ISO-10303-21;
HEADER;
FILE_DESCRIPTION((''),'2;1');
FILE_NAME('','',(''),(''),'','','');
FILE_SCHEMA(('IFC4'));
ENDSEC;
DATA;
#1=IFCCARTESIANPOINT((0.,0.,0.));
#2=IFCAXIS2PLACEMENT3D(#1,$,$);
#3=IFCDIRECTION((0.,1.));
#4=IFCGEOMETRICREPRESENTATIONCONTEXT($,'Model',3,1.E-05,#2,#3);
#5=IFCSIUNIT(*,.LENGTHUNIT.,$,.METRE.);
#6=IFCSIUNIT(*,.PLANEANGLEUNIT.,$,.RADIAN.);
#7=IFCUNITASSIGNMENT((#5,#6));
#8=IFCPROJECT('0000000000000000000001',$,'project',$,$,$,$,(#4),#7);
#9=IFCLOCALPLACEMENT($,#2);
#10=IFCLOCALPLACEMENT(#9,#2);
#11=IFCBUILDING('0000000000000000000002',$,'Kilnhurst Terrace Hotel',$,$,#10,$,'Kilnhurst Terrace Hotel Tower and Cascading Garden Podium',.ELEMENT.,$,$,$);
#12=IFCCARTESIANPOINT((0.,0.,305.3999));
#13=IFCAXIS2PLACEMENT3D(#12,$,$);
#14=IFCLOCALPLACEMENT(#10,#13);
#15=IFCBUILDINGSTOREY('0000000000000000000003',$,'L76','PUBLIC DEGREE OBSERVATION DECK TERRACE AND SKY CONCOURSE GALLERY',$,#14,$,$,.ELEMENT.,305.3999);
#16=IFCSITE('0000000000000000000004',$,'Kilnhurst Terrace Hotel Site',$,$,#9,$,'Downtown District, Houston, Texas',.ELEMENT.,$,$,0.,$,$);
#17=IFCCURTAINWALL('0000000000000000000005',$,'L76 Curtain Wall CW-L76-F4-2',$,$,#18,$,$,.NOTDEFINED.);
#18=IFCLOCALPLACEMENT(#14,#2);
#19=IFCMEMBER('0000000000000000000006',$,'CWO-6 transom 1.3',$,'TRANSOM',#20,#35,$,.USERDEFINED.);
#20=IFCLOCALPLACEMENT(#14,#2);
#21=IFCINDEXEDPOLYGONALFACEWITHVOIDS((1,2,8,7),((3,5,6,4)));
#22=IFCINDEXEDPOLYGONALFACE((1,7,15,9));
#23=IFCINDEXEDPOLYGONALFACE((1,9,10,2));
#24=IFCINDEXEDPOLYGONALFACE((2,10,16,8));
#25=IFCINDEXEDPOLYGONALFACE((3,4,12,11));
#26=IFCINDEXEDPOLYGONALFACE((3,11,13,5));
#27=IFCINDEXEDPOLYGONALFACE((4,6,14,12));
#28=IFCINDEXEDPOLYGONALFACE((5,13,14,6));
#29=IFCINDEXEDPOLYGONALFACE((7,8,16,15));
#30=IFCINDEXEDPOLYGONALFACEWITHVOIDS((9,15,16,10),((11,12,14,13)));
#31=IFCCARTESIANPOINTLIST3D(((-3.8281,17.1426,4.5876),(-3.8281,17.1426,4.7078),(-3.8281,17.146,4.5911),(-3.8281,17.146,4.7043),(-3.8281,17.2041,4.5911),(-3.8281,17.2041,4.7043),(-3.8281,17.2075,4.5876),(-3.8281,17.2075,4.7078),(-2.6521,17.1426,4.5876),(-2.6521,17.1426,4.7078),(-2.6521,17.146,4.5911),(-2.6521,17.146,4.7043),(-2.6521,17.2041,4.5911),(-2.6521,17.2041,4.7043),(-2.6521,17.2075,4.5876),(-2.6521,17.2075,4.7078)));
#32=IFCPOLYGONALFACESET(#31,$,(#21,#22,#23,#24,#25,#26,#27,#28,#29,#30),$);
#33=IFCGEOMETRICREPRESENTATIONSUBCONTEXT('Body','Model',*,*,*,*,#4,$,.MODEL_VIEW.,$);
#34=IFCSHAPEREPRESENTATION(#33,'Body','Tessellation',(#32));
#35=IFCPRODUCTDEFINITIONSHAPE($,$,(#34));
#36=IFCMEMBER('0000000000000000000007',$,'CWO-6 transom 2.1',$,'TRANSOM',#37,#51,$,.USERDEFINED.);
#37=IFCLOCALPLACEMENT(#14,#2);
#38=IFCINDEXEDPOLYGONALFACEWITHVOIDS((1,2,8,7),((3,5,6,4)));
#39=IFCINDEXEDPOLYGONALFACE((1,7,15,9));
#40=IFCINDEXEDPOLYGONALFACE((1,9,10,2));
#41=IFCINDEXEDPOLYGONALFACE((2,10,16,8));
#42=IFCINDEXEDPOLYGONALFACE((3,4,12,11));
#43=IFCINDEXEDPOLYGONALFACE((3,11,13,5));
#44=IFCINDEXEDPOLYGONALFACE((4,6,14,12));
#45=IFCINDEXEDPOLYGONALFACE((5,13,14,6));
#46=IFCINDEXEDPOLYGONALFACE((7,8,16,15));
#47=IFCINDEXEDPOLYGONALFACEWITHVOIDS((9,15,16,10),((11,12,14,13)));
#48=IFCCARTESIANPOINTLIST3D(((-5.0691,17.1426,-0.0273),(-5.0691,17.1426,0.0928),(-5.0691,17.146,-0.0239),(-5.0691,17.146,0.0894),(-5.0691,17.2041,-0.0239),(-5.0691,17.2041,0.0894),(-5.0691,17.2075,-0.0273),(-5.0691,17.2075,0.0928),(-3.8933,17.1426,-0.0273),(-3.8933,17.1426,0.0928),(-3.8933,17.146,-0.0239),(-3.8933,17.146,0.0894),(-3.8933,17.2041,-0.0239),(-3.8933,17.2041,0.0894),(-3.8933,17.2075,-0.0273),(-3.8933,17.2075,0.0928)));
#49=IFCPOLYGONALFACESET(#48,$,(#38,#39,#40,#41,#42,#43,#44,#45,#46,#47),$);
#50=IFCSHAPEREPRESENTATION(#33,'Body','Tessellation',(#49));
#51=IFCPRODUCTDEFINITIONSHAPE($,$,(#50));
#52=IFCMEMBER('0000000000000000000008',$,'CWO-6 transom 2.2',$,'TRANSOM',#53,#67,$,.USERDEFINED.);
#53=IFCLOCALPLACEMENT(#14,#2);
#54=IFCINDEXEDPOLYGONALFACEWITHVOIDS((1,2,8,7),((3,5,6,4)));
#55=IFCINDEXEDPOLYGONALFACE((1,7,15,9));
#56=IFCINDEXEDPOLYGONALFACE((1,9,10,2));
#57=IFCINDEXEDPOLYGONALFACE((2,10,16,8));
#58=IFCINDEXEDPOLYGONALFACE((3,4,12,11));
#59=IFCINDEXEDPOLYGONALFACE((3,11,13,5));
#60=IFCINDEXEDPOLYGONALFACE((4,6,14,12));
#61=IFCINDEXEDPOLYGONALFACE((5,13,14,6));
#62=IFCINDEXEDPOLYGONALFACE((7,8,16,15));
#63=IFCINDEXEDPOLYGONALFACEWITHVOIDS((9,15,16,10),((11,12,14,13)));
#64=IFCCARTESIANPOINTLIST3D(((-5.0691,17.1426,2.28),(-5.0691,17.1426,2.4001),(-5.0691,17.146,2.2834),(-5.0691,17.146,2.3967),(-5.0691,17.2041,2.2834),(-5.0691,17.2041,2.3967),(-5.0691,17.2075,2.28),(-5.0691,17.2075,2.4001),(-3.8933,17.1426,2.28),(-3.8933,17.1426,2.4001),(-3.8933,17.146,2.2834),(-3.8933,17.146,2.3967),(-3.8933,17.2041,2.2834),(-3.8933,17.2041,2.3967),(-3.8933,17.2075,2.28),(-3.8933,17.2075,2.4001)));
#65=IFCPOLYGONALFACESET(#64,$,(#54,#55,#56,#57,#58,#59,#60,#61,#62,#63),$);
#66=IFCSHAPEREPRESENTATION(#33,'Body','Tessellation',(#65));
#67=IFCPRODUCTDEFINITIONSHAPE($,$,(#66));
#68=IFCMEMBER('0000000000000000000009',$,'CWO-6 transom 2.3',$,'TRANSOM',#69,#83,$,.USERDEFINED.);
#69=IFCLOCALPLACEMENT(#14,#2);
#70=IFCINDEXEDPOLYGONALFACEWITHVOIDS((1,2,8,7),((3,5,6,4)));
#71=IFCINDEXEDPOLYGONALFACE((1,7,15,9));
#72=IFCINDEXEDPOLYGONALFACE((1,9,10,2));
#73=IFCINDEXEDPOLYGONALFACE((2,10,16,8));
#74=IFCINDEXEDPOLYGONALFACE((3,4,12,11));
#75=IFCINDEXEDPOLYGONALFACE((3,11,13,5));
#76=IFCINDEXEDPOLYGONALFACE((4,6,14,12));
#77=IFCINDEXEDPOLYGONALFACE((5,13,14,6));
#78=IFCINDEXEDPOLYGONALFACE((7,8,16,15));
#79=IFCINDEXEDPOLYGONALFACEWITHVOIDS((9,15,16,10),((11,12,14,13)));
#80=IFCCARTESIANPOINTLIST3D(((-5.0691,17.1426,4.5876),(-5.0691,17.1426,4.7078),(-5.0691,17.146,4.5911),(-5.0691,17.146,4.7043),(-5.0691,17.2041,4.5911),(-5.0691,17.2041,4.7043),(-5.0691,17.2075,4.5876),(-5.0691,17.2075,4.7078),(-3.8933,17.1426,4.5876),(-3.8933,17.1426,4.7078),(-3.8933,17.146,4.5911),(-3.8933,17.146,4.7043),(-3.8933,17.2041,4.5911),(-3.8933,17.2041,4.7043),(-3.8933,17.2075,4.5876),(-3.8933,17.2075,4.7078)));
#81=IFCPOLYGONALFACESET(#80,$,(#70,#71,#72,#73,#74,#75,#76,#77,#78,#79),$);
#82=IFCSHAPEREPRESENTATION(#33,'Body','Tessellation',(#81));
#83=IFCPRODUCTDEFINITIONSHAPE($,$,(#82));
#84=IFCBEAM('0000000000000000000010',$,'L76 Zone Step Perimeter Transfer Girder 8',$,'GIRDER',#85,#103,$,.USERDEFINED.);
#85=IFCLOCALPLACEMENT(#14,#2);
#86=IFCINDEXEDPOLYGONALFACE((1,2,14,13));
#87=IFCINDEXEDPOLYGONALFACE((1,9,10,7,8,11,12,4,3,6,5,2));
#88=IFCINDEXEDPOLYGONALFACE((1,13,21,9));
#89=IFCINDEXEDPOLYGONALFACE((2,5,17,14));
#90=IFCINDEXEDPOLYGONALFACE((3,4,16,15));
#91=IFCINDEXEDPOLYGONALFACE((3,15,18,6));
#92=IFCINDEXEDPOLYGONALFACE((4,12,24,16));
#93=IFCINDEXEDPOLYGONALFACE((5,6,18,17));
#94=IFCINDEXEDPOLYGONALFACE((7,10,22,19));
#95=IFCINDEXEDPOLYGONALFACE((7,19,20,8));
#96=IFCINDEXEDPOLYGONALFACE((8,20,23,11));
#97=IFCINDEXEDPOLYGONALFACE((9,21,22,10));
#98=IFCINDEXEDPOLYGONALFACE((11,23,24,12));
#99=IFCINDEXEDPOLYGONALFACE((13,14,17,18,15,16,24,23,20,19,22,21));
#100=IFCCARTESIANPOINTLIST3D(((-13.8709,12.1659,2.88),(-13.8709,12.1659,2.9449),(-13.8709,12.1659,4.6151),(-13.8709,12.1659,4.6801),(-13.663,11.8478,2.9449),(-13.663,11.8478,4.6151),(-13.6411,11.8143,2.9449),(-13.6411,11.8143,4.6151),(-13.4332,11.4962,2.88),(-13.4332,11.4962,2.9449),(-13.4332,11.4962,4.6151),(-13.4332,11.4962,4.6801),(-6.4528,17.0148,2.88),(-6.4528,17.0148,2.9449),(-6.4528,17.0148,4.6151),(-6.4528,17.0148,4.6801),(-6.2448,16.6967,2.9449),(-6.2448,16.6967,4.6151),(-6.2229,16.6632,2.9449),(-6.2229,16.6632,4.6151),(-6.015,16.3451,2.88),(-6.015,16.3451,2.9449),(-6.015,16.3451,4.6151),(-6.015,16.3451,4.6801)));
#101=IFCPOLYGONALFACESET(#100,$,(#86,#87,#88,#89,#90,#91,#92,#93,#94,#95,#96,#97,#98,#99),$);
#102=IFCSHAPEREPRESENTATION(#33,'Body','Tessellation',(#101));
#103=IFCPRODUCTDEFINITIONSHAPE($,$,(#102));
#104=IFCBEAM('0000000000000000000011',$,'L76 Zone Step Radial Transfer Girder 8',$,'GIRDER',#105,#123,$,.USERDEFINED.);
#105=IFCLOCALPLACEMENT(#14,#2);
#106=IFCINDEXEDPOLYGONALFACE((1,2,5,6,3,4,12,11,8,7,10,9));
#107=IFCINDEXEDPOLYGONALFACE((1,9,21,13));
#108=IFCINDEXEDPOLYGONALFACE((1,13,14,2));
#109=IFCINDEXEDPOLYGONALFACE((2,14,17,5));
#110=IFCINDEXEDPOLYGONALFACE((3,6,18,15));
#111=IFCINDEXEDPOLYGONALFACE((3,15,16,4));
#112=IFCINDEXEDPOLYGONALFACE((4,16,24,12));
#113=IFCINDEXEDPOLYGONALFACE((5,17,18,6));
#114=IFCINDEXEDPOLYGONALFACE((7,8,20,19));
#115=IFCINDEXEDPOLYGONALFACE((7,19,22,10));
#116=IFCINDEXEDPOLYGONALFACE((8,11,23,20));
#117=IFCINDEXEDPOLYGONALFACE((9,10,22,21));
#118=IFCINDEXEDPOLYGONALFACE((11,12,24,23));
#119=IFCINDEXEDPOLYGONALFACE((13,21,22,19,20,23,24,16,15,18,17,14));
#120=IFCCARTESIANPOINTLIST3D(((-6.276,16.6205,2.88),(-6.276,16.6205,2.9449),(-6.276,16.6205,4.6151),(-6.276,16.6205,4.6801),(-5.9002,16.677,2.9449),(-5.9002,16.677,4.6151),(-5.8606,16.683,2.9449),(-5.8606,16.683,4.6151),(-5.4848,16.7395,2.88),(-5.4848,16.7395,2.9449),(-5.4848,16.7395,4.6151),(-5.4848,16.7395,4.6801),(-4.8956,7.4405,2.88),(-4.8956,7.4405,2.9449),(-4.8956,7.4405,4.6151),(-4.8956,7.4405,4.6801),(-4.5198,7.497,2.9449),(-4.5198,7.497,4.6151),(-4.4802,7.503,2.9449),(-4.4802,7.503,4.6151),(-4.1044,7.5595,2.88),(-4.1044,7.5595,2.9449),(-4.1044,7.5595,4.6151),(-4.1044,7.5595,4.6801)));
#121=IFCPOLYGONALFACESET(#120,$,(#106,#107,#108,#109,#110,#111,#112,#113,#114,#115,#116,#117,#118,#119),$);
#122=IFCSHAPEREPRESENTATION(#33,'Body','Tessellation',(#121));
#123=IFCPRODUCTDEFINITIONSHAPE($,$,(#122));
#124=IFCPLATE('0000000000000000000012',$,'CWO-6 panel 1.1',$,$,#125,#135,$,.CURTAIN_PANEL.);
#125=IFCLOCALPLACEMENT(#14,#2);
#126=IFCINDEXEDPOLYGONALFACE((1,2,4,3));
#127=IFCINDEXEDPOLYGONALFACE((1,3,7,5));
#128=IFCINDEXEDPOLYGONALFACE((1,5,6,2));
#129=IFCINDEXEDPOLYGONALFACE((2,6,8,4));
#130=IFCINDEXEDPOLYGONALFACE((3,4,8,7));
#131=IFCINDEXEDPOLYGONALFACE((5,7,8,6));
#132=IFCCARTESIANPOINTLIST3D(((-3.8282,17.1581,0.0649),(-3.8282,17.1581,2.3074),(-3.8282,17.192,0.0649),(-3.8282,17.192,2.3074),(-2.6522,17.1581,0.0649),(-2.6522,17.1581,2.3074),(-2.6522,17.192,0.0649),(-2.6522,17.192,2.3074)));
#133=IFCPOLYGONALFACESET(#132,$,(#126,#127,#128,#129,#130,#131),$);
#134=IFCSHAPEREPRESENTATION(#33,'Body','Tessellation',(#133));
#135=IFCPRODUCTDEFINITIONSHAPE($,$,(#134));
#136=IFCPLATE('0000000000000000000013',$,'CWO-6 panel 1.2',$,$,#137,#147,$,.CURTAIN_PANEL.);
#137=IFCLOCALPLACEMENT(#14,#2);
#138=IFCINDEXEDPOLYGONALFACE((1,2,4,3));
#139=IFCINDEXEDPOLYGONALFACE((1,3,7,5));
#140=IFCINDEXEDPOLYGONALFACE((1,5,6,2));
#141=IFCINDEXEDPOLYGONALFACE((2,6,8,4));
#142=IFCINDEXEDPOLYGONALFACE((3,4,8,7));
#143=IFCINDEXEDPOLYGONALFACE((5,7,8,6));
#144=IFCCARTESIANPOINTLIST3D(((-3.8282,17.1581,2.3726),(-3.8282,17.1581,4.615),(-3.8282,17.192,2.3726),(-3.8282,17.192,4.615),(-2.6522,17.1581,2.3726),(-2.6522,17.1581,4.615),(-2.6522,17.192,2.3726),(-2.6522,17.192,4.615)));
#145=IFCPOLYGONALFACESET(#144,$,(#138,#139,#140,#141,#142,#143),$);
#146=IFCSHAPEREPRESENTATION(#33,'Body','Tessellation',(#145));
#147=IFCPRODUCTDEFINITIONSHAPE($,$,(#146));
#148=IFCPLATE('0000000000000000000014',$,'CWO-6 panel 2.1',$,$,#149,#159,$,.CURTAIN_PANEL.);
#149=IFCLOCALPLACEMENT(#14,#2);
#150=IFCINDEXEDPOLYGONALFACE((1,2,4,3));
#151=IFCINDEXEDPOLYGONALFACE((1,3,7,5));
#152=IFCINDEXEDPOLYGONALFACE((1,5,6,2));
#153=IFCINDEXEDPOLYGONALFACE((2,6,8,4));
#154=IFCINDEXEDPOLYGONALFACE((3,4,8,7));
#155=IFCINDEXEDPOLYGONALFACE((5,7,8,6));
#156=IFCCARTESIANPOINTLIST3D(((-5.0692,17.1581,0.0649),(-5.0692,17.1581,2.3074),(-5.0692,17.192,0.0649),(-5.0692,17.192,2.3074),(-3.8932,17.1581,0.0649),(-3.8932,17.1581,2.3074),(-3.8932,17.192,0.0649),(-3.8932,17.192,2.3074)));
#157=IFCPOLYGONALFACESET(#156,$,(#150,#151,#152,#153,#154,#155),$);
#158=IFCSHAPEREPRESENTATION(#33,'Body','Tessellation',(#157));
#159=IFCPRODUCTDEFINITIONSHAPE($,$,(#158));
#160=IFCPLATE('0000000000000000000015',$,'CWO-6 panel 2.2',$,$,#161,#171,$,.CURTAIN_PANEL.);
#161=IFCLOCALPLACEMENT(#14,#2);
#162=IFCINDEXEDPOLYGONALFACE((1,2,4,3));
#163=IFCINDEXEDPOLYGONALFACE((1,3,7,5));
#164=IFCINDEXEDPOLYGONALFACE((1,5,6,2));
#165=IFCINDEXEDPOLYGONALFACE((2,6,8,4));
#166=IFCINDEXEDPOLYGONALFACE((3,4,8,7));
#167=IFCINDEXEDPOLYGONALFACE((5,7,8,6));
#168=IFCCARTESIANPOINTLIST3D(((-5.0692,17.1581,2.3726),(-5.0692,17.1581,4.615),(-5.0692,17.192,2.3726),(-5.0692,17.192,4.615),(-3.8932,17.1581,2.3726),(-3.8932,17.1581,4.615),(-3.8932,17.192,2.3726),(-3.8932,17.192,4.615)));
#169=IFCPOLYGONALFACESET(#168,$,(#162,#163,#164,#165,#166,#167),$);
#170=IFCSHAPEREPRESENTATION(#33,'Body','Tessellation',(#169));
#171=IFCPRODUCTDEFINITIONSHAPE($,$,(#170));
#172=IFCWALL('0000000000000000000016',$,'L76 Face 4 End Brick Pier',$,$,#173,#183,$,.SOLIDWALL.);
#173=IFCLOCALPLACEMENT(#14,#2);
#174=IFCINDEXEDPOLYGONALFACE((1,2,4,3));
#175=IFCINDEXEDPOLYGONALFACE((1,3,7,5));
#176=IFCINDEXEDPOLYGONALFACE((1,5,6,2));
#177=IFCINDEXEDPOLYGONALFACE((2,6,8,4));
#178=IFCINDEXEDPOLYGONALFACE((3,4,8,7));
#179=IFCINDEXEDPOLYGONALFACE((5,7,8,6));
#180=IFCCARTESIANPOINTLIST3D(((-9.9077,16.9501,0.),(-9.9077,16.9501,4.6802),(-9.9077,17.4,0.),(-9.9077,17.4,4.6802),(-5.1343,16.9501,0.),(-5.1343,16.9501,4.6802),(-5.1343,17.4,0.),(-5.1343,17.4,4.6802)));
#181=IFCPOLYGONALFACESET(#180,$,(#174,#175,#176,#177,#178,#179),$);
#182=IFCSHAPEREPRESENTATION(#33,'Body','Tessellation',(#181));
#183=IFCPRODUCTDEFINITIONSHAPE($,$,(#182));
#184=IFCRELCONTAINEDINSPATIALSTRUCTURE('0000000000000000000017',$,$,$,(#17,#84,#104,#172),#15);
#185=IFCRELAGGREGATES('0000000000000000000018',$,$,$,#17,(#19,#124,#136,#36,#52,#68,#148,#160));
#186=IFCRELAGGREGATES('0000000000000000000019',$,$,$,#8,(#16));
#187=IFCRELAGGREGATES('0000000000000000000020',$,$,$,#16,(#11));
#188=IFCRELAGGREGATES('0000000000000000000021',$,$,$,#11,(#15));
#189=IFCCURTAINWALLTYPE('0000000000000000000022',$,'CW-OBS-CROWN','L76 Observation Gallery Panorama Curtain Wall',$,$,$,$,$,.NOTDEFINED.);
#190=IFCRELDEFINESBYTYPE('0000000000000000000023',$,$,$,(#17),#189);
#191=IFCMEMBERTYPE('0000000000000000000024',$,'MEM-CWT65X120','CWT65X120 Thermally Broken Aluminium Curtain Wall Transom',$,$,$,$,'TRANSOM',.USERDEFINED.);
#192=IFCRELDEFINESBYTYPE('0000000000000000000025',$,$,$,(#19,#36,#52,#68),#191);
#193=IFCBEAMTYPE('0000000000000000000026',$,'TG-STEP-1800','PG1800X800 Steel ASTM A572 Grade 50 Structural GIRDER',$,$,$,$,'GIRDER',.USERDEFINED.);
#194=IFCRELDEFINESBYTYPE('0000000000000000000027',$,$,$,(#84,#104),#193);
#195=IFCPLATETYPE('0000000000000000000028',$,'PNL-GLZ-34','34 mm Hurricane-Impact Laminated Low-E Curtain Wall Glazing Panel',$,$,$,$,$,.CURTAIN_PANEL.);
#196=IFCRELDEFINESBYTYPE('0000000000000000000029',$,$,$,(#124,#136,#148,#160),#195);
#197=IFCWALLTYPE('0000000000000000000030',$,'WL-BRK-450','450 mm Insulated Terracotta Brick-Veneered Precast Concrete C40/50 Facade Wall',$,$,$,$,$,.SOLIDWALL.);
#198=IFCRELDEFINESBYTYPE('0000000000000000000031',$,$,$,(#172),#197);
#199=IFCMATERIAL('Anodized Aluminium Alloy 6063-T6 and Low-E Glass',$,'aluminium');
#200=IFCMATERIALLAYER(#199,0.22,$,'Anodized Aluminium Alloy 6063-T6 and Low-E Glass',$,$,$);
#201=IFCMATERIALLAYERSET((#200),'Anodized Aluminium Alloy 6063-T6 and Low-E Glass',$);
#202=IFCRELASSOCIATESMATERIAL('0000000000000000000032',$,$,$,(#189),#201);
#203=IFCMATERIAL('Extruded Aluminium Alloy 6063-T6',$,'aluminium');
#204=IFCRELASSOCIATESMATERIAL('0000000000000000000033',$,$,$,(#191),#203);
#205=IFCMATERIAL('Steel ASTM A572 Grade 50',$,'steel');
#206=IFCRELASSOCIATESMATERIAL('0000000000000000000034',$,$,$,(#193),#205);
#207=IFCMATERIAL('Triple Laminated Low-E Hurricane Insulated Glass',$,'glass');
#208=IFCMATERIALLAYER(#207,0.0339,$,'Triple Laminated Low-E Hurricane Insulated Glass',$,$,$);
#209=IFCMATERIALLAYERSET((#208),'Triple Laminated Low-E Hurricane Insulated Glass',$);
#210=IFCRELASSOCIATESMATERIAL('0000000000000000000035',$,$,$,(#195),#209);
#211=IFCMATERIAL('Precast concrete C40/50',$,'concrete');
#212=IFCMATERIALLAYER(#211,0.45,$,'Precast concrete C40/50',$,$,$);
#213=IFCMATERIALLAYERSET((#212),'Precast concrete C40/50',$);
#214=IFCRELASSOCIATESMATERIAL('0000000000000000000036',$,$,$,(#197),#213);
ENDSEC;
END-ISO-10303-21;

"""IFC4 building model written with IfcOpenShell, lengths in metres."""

from ifc_helpers import new_model, si_unit, direction, frame, frame_2d, origin, origin_2d, place, context, subcontext, project, spatial, rectangle, hollow_rectangle, i_section, extrude, material, layer, layer_set, material_profile, profile_set, type_object, element, aggregate, save


model = new_model("IFC4")

# Units and contexts
model_context = context("Model", 3, precision=1e-05, world=origin(), true_north=direction((0.0, 1.0)))
body_context = subcontext(model_context, "Body", "Model", "MODEL_VIEW")
ifc_project = project(units=[si_unit("LENGTHUNIT", "METRE"), si_unit("PLANEANGLEUNIT", "RADIAN")], contexts=[model_context])

# Site, building, storey
site_placement = place(None, origin())
site = spatial("IfcSite", under=ifc_project, at=site_placement, Name="Kilnhurst Terrace Hotel Site", LongName="Downtown District, Houston, Texas", CompositionType="ELEMENT", RefElevation=0.0)
building_placement = place(site_placement, origin())
building = spatial("IfcBuilding", under=site, at=building_placement, Name="Kilnhurst Terrace Hotel", LongName="Kilnhurst Terrace Hotel Tower and Cascading Garden Podium", CompositionType="ELEMENT")
storey_placement = place(building_placement, frame((0.0, 0.0, 305.3999)))
storey = spatial("IfcBuildingStorey", under=building, at=storey_placement, Name="L76", Description="PUBLIC DEGREE OBSERVATION DECK TERRACE AND SKY CONCOURSE GALLERY", CompositionType="ELEMENT", Elevation=305.3999)

# Curtain wall, members
ifc_material_1 = material(Name="Anodized Aluminium Alloy 6063-T6 and Low-E Glass", Category="aluminium")
ifc_layer_1 = layer(ifc_material_1, 0.22, Name="Anodized Aluminium Alloy 6063-T6 and Low-E Glass")
ifc_layer_set_1 = layer_set([ifc_layer_1], Name="Anodized Aluminium Alloy 6063-T6 and Low-E Glass")
curtain_wall_type = type_object("IfcCurtainWallType", Name="CW-OBS-CROWN", Description="L76 Observation Gallery Panorama Curtain Wall", PredefinedType="NOTDEFINED", material=ifc_layer_set_1)
curtain_wall_placement = place(storey_placement, origin())
curtain_wall = element("IfcCurtainWall", 1, at=curtain_wall_placement, inside=storey, type_object=curtain_wall_type, Name="L76 Curtain Wall CW-L76-F4-2", PredefinedType="NOTDEFINED")
ifc_material_2 = material(Name="Extruded Aluminium Alloy 6063-T6", Category="aluminium")
ifc_material_profile_1 = material_profile(ifc_material_2, hollow_rectangle(XDim=0.0649, YDim=0.1201, WallThickness=0.0034, at=origin_2d()), Name="CWT65X120")
ifc_profile_set_1 = profile_set([ifc_material_profile_1], Name="Extruded Aluminium Alloy 6063-T6")
member_type_1 = type_object("IfcMemberType", Name="MEM-CWT65X120", Description="CWT65X120 Thermally Broken Aluminium Curtain Wall Transom", ElementType="TRANSOM", PredefinedType="USERDEFINED", material=ifc_profile_set_1)
member_1_placement = place(storey_placement, frame((-2.6521, 17.175, 4.6477), z_axis=(-1.0, 0.0, 0.0), x_axis=(0.0, -1.0, 0.0)))
member_1 = element("IfcMember", 2, at=member_1_placement, type_object=member_type_1, Name="CWO-6 transom 1.3", ObjectType="TRANSOM", PredefinedType="USERDEFINED", context=body_context, shape_type="SweptSolid", body=[
    extrude(hollow_rectangle(XDim=0.0649, YDim=0.1201, WallThickness=0.0034, at=origin_2d()), origin(), (0.0, 0.0, 1.0), 1.176),
])
member_2_placement = place(storey_placement, frame((-3.8933, 17.175, 0.0327), z_axis=(-1.0, 0.0, 0.0), x_axis=(0.0, -1.0, 0.0)))
member_2 = element("IfcMember", 3, at=member_2_placement, type_object=member_type_1, Name="CWO-6 transom 2.1", ObjectType="TRANSOM", PredefinedType="USERDEFINED", context=body_context, shape_type="SweptSolid", body=[
    extrude(hollow_rectangle(XDim=0.0649, YDim=0.1201, WallThickness=0.0034, at=origin_2d()), origin(), (0.0, 0.0, 1.0), 1.1758),
])
member_3_placement = place(storey_placement, frame((-3.8933, 17.175, 2.3401), z_axis=(-1.0, 0.0, 0.0), x_axis=(0.0, -1.0, 0.0)))
member_3 = element("IfcMember", 4, at=member_3_placement, type_object=member_type_1, Name="CWO-6 transom 2.2", ObjectType="TRANSOM", PredefinedType="USERDEFINED", context=body_context, shape_type="SweptSolid", body=[
    extrude(hollow_rectangle(XDim=0.0649, YDim=0.1201, WallThickness=0.0034, at=origin_2d()), origin(), (0.0, 0.0, 1.0), 1.1758),
])
member_4_placement = place(storey_placement, frame((-3.8933, 17.175, 4.6477), z_axis=(-1.0, 0.0, 0.0), x_axis=(0.0, -1.0, 0.0)))
member_4 = element("IfcMember", 5, at=member_4_placement, type_object=member_type_1, Name="CWO-6 transom 2.3", ObjectType="TRANSOM", PredefinedType="USERDEFINED", context=body_context, shape_type="SweptSolid", body=[
    extrude(hollow_rectangle(XDim=0.0649, YDim=0.1201, WallThickness=0.0034, at=origin_2d()), origin(), (0.0, 0.0, 1.0), 1.1758),
])

# Beams
ifc_material_3 = material(Name="Steel ASTM A572 Grade 50", Category="steel")
ifc_material_profile_2 = material_profile(ifc_material_3, i_section(OverallWidth=0.8, OverallDepth=1.8, WebThickness=0.04, FlangeThickness=0.0649, at=origin_2d()), Name="PG1800X800")
ifc_profile_set_2 = profile_set([ifc_material_profile_2], Name="Steel ASTM A572 Grade 50")
beam_type_1 = type_object("IfcBeamType", Name="TG-STEP-1800", Description="PG1800X800 Steel ASTM A572 Grade 50 Structural GIRDER", ElementType="GIRDER", PredefinedType="USERDEFINED", material=ifc_profile_set_2)
beam_1_placement = place(storey_placement, frame((-6.2339, 16.6799, 3.78), z_axis=(-0.837047, -0.547131, 0.0), x_axis=(0.547131, -0.837047, 0.0)))
element("IfcBeam", 6, at=beam_1_placement, inside=storey, type_object=beam_type_1, Name="L76 Zone Step Perimeter Transfer Girder 8", ObjectType="GIRDER", PredefinedType="USERDEFINED", context=body_context, shape_type="SweptSolid", body=[
    extrude(i_section(OverallWidth=0.8, OverallDepth=1.8, WebThickness=0.04, FlangeThickness=0.0649, at=origin_2d()), origin(), (0.0, 0.0, 1.0), 8.8623),
])
beam_2_placement = place(storey_placement, frame((-4.5, 7.5, 3.78), z_axis=(-0.148697, 0.988883, 0.0), x_axis=(-0.988883, -0.148697, 0.0)))
element("IfcBeam", 7, at=beam_2_placement, inside=storey, type_object=beam_type_1, Name="L76 Zone Step Radial Transfer Girder 8", ObjectType="GIRDER", PredefinedType="USERDEFINED", context=body_context, shape_type="SweptSolid", body=[
    extrude(i_section(OverallWidth=0.8, OverallDepth=1.8, WebThickness=0.04, FlangeThickness=0.0649, at=origin_2d()), origin(), (0.0, 0.0, 1.0), 9.2832),
])

# Plates
ifc_material_4 = material(Name="Triple Laminated Low-E Hurricane Insulated Glass", Category="glass")
ifc_layer_2 = layer(ifc_material_4, 0.0339, Name="Triple Laminated Low-E Hurricane Insulated Glass")
ifc_layer_set_2 = layer_set([ifc_layer_2], Name="Triple Laminated Low-E Hurricane Insulated Glass")
plate_type = type_object("IfcPlateType", Name="PNL-GLZ-34", Description="34 mm Hurricane-Impact Laminated Low-E Curtain Wall Glazing Panel", PredefinedType="CURTAIN_PANEL", material=ifc_layer_set_2)
plate_1_placement = place(storey_placement, frame((-3.2402, 17.175, 0.0649), z_axis=(0.0, 0.0, 1.0), x_axis=(-1.0, 0.0, 0.0)))
plate_1 = element("IfcPlate", 8, at=plate_1_placement, type_object=plate_type, Name="CWO-6 panel 1.1", PredefinedType="CURTAIN_PANEL", context=body_context, shape_type="SweptSolid", body=[
    extrude(rectangle(XDim=1.176, YDim=0.0339, at=origin_2d()), origin(), (0.0, 0.0, 1.0), 2.2424),
])
plate_2_placement = place(storey_placement, frame((-3.2402, 17.175, 2.3726), z_axis=(0.0, 0.0, 1.0), x_axis=(-1.0, 0.0, 0.0)))
plate_2 = element("IfcPlate", 9, at=plate_2_placement, type_object=plate_type, Name="CWO-6 panel 1.2", PredefinedType="CURTAIN_PANEL", context=body_context, shape_type="SweptSolid", body=[
    extrude(rectangle(XDim=1.176, YDim=0.0339, at=origin_2d()), origin(), (0.0, 0.0, 1.0), 2.2424),
])
plate_3_placement = place(storey_placement, frame((-4.4812, 17.175, 0.0649), z_axis=(0.0, 0.0, 1.0), x_axis=(-1.0, 0.0, 0.0)))
plate_3 = element("IfcPlate", 10, at=plate_3_placement, type_object=plate_type, Name="CWO-6 panel 2.1", PredefinedType="CURTAIN_PANEL", context=body_context, shape_type="SweptSolid", body=[
    extrude(rectangle(XDim=1.176, YDim=0.0339, at=origin_2d()), origin(), (0.0, 0.0, 1.0), 2.2424),
])
plate_4_placement = place(storey_placement, frame((-4.4812, 17.175, 2.3726), z_axis=(0.0, 0.0, 1.0), x_axis=(-1.0, 0.0, 0.0)))
plate_4 = element("IfcPlate", 11, at=plate_4_placement, type_object=plate_type, Name="CWO-6 panel 2.2", PredefinedType="CURTAIN_PANEL", context=body_context, shape_type="SweptSolid", body=[
    extrude(rectangle(XDim=1.176, YDim=0.0339, at=origin_2d()), origin(), (0.0, 0.0, 1.0), 2.2424),
])
aggregate(curtain_wall, [member_1, plate_1, plate_2, member_2, member_3, member_4, plate_3, plate_4])

# Wall
ifc_material_5 = material(Name="Precast concrete C40/50", Category="concrete")
ifc_layer_3 = layer(ifc_material_5, 0.45, Name="Precast concrete C40/50")
ifc_layer_set_3 = layer_set([ifc_layer_3], Name="Precast concrete C40/50")
wall_type_1 = type_object("IfcWallType", Name="WL-BRK-450", Description="450 mm Insulated Terracotta Brick-Veneered Precast Concrete C40/50 Facade Wall", PredefinedType="SOLIDWALL", material=ifc_layer_set_3)
wall_1_placement = place(storey_placement, frame((-5.1343, 17.175, 0.0), z_axis=(0.0, 0.0, 1.0), x_axis=(-1.0, 0.0, 0.0)))
element("IfcWall", 12, at=wall_1_placement, inside=storey, type_object=wall_type_1, Name="L76 Face 4 End Brick Pier", PredefinedType="SOLIDWALL", context=body_context, shape_type="SweptSolid", body=[
    extrude(rectangle(XDim=4.7734, YDim=0.45, at=frame_2d((2.3867, 0.0))), origin(), (0.0, 0.0, 1.0), 4.6802),
])

save(model, "model.ifc")
